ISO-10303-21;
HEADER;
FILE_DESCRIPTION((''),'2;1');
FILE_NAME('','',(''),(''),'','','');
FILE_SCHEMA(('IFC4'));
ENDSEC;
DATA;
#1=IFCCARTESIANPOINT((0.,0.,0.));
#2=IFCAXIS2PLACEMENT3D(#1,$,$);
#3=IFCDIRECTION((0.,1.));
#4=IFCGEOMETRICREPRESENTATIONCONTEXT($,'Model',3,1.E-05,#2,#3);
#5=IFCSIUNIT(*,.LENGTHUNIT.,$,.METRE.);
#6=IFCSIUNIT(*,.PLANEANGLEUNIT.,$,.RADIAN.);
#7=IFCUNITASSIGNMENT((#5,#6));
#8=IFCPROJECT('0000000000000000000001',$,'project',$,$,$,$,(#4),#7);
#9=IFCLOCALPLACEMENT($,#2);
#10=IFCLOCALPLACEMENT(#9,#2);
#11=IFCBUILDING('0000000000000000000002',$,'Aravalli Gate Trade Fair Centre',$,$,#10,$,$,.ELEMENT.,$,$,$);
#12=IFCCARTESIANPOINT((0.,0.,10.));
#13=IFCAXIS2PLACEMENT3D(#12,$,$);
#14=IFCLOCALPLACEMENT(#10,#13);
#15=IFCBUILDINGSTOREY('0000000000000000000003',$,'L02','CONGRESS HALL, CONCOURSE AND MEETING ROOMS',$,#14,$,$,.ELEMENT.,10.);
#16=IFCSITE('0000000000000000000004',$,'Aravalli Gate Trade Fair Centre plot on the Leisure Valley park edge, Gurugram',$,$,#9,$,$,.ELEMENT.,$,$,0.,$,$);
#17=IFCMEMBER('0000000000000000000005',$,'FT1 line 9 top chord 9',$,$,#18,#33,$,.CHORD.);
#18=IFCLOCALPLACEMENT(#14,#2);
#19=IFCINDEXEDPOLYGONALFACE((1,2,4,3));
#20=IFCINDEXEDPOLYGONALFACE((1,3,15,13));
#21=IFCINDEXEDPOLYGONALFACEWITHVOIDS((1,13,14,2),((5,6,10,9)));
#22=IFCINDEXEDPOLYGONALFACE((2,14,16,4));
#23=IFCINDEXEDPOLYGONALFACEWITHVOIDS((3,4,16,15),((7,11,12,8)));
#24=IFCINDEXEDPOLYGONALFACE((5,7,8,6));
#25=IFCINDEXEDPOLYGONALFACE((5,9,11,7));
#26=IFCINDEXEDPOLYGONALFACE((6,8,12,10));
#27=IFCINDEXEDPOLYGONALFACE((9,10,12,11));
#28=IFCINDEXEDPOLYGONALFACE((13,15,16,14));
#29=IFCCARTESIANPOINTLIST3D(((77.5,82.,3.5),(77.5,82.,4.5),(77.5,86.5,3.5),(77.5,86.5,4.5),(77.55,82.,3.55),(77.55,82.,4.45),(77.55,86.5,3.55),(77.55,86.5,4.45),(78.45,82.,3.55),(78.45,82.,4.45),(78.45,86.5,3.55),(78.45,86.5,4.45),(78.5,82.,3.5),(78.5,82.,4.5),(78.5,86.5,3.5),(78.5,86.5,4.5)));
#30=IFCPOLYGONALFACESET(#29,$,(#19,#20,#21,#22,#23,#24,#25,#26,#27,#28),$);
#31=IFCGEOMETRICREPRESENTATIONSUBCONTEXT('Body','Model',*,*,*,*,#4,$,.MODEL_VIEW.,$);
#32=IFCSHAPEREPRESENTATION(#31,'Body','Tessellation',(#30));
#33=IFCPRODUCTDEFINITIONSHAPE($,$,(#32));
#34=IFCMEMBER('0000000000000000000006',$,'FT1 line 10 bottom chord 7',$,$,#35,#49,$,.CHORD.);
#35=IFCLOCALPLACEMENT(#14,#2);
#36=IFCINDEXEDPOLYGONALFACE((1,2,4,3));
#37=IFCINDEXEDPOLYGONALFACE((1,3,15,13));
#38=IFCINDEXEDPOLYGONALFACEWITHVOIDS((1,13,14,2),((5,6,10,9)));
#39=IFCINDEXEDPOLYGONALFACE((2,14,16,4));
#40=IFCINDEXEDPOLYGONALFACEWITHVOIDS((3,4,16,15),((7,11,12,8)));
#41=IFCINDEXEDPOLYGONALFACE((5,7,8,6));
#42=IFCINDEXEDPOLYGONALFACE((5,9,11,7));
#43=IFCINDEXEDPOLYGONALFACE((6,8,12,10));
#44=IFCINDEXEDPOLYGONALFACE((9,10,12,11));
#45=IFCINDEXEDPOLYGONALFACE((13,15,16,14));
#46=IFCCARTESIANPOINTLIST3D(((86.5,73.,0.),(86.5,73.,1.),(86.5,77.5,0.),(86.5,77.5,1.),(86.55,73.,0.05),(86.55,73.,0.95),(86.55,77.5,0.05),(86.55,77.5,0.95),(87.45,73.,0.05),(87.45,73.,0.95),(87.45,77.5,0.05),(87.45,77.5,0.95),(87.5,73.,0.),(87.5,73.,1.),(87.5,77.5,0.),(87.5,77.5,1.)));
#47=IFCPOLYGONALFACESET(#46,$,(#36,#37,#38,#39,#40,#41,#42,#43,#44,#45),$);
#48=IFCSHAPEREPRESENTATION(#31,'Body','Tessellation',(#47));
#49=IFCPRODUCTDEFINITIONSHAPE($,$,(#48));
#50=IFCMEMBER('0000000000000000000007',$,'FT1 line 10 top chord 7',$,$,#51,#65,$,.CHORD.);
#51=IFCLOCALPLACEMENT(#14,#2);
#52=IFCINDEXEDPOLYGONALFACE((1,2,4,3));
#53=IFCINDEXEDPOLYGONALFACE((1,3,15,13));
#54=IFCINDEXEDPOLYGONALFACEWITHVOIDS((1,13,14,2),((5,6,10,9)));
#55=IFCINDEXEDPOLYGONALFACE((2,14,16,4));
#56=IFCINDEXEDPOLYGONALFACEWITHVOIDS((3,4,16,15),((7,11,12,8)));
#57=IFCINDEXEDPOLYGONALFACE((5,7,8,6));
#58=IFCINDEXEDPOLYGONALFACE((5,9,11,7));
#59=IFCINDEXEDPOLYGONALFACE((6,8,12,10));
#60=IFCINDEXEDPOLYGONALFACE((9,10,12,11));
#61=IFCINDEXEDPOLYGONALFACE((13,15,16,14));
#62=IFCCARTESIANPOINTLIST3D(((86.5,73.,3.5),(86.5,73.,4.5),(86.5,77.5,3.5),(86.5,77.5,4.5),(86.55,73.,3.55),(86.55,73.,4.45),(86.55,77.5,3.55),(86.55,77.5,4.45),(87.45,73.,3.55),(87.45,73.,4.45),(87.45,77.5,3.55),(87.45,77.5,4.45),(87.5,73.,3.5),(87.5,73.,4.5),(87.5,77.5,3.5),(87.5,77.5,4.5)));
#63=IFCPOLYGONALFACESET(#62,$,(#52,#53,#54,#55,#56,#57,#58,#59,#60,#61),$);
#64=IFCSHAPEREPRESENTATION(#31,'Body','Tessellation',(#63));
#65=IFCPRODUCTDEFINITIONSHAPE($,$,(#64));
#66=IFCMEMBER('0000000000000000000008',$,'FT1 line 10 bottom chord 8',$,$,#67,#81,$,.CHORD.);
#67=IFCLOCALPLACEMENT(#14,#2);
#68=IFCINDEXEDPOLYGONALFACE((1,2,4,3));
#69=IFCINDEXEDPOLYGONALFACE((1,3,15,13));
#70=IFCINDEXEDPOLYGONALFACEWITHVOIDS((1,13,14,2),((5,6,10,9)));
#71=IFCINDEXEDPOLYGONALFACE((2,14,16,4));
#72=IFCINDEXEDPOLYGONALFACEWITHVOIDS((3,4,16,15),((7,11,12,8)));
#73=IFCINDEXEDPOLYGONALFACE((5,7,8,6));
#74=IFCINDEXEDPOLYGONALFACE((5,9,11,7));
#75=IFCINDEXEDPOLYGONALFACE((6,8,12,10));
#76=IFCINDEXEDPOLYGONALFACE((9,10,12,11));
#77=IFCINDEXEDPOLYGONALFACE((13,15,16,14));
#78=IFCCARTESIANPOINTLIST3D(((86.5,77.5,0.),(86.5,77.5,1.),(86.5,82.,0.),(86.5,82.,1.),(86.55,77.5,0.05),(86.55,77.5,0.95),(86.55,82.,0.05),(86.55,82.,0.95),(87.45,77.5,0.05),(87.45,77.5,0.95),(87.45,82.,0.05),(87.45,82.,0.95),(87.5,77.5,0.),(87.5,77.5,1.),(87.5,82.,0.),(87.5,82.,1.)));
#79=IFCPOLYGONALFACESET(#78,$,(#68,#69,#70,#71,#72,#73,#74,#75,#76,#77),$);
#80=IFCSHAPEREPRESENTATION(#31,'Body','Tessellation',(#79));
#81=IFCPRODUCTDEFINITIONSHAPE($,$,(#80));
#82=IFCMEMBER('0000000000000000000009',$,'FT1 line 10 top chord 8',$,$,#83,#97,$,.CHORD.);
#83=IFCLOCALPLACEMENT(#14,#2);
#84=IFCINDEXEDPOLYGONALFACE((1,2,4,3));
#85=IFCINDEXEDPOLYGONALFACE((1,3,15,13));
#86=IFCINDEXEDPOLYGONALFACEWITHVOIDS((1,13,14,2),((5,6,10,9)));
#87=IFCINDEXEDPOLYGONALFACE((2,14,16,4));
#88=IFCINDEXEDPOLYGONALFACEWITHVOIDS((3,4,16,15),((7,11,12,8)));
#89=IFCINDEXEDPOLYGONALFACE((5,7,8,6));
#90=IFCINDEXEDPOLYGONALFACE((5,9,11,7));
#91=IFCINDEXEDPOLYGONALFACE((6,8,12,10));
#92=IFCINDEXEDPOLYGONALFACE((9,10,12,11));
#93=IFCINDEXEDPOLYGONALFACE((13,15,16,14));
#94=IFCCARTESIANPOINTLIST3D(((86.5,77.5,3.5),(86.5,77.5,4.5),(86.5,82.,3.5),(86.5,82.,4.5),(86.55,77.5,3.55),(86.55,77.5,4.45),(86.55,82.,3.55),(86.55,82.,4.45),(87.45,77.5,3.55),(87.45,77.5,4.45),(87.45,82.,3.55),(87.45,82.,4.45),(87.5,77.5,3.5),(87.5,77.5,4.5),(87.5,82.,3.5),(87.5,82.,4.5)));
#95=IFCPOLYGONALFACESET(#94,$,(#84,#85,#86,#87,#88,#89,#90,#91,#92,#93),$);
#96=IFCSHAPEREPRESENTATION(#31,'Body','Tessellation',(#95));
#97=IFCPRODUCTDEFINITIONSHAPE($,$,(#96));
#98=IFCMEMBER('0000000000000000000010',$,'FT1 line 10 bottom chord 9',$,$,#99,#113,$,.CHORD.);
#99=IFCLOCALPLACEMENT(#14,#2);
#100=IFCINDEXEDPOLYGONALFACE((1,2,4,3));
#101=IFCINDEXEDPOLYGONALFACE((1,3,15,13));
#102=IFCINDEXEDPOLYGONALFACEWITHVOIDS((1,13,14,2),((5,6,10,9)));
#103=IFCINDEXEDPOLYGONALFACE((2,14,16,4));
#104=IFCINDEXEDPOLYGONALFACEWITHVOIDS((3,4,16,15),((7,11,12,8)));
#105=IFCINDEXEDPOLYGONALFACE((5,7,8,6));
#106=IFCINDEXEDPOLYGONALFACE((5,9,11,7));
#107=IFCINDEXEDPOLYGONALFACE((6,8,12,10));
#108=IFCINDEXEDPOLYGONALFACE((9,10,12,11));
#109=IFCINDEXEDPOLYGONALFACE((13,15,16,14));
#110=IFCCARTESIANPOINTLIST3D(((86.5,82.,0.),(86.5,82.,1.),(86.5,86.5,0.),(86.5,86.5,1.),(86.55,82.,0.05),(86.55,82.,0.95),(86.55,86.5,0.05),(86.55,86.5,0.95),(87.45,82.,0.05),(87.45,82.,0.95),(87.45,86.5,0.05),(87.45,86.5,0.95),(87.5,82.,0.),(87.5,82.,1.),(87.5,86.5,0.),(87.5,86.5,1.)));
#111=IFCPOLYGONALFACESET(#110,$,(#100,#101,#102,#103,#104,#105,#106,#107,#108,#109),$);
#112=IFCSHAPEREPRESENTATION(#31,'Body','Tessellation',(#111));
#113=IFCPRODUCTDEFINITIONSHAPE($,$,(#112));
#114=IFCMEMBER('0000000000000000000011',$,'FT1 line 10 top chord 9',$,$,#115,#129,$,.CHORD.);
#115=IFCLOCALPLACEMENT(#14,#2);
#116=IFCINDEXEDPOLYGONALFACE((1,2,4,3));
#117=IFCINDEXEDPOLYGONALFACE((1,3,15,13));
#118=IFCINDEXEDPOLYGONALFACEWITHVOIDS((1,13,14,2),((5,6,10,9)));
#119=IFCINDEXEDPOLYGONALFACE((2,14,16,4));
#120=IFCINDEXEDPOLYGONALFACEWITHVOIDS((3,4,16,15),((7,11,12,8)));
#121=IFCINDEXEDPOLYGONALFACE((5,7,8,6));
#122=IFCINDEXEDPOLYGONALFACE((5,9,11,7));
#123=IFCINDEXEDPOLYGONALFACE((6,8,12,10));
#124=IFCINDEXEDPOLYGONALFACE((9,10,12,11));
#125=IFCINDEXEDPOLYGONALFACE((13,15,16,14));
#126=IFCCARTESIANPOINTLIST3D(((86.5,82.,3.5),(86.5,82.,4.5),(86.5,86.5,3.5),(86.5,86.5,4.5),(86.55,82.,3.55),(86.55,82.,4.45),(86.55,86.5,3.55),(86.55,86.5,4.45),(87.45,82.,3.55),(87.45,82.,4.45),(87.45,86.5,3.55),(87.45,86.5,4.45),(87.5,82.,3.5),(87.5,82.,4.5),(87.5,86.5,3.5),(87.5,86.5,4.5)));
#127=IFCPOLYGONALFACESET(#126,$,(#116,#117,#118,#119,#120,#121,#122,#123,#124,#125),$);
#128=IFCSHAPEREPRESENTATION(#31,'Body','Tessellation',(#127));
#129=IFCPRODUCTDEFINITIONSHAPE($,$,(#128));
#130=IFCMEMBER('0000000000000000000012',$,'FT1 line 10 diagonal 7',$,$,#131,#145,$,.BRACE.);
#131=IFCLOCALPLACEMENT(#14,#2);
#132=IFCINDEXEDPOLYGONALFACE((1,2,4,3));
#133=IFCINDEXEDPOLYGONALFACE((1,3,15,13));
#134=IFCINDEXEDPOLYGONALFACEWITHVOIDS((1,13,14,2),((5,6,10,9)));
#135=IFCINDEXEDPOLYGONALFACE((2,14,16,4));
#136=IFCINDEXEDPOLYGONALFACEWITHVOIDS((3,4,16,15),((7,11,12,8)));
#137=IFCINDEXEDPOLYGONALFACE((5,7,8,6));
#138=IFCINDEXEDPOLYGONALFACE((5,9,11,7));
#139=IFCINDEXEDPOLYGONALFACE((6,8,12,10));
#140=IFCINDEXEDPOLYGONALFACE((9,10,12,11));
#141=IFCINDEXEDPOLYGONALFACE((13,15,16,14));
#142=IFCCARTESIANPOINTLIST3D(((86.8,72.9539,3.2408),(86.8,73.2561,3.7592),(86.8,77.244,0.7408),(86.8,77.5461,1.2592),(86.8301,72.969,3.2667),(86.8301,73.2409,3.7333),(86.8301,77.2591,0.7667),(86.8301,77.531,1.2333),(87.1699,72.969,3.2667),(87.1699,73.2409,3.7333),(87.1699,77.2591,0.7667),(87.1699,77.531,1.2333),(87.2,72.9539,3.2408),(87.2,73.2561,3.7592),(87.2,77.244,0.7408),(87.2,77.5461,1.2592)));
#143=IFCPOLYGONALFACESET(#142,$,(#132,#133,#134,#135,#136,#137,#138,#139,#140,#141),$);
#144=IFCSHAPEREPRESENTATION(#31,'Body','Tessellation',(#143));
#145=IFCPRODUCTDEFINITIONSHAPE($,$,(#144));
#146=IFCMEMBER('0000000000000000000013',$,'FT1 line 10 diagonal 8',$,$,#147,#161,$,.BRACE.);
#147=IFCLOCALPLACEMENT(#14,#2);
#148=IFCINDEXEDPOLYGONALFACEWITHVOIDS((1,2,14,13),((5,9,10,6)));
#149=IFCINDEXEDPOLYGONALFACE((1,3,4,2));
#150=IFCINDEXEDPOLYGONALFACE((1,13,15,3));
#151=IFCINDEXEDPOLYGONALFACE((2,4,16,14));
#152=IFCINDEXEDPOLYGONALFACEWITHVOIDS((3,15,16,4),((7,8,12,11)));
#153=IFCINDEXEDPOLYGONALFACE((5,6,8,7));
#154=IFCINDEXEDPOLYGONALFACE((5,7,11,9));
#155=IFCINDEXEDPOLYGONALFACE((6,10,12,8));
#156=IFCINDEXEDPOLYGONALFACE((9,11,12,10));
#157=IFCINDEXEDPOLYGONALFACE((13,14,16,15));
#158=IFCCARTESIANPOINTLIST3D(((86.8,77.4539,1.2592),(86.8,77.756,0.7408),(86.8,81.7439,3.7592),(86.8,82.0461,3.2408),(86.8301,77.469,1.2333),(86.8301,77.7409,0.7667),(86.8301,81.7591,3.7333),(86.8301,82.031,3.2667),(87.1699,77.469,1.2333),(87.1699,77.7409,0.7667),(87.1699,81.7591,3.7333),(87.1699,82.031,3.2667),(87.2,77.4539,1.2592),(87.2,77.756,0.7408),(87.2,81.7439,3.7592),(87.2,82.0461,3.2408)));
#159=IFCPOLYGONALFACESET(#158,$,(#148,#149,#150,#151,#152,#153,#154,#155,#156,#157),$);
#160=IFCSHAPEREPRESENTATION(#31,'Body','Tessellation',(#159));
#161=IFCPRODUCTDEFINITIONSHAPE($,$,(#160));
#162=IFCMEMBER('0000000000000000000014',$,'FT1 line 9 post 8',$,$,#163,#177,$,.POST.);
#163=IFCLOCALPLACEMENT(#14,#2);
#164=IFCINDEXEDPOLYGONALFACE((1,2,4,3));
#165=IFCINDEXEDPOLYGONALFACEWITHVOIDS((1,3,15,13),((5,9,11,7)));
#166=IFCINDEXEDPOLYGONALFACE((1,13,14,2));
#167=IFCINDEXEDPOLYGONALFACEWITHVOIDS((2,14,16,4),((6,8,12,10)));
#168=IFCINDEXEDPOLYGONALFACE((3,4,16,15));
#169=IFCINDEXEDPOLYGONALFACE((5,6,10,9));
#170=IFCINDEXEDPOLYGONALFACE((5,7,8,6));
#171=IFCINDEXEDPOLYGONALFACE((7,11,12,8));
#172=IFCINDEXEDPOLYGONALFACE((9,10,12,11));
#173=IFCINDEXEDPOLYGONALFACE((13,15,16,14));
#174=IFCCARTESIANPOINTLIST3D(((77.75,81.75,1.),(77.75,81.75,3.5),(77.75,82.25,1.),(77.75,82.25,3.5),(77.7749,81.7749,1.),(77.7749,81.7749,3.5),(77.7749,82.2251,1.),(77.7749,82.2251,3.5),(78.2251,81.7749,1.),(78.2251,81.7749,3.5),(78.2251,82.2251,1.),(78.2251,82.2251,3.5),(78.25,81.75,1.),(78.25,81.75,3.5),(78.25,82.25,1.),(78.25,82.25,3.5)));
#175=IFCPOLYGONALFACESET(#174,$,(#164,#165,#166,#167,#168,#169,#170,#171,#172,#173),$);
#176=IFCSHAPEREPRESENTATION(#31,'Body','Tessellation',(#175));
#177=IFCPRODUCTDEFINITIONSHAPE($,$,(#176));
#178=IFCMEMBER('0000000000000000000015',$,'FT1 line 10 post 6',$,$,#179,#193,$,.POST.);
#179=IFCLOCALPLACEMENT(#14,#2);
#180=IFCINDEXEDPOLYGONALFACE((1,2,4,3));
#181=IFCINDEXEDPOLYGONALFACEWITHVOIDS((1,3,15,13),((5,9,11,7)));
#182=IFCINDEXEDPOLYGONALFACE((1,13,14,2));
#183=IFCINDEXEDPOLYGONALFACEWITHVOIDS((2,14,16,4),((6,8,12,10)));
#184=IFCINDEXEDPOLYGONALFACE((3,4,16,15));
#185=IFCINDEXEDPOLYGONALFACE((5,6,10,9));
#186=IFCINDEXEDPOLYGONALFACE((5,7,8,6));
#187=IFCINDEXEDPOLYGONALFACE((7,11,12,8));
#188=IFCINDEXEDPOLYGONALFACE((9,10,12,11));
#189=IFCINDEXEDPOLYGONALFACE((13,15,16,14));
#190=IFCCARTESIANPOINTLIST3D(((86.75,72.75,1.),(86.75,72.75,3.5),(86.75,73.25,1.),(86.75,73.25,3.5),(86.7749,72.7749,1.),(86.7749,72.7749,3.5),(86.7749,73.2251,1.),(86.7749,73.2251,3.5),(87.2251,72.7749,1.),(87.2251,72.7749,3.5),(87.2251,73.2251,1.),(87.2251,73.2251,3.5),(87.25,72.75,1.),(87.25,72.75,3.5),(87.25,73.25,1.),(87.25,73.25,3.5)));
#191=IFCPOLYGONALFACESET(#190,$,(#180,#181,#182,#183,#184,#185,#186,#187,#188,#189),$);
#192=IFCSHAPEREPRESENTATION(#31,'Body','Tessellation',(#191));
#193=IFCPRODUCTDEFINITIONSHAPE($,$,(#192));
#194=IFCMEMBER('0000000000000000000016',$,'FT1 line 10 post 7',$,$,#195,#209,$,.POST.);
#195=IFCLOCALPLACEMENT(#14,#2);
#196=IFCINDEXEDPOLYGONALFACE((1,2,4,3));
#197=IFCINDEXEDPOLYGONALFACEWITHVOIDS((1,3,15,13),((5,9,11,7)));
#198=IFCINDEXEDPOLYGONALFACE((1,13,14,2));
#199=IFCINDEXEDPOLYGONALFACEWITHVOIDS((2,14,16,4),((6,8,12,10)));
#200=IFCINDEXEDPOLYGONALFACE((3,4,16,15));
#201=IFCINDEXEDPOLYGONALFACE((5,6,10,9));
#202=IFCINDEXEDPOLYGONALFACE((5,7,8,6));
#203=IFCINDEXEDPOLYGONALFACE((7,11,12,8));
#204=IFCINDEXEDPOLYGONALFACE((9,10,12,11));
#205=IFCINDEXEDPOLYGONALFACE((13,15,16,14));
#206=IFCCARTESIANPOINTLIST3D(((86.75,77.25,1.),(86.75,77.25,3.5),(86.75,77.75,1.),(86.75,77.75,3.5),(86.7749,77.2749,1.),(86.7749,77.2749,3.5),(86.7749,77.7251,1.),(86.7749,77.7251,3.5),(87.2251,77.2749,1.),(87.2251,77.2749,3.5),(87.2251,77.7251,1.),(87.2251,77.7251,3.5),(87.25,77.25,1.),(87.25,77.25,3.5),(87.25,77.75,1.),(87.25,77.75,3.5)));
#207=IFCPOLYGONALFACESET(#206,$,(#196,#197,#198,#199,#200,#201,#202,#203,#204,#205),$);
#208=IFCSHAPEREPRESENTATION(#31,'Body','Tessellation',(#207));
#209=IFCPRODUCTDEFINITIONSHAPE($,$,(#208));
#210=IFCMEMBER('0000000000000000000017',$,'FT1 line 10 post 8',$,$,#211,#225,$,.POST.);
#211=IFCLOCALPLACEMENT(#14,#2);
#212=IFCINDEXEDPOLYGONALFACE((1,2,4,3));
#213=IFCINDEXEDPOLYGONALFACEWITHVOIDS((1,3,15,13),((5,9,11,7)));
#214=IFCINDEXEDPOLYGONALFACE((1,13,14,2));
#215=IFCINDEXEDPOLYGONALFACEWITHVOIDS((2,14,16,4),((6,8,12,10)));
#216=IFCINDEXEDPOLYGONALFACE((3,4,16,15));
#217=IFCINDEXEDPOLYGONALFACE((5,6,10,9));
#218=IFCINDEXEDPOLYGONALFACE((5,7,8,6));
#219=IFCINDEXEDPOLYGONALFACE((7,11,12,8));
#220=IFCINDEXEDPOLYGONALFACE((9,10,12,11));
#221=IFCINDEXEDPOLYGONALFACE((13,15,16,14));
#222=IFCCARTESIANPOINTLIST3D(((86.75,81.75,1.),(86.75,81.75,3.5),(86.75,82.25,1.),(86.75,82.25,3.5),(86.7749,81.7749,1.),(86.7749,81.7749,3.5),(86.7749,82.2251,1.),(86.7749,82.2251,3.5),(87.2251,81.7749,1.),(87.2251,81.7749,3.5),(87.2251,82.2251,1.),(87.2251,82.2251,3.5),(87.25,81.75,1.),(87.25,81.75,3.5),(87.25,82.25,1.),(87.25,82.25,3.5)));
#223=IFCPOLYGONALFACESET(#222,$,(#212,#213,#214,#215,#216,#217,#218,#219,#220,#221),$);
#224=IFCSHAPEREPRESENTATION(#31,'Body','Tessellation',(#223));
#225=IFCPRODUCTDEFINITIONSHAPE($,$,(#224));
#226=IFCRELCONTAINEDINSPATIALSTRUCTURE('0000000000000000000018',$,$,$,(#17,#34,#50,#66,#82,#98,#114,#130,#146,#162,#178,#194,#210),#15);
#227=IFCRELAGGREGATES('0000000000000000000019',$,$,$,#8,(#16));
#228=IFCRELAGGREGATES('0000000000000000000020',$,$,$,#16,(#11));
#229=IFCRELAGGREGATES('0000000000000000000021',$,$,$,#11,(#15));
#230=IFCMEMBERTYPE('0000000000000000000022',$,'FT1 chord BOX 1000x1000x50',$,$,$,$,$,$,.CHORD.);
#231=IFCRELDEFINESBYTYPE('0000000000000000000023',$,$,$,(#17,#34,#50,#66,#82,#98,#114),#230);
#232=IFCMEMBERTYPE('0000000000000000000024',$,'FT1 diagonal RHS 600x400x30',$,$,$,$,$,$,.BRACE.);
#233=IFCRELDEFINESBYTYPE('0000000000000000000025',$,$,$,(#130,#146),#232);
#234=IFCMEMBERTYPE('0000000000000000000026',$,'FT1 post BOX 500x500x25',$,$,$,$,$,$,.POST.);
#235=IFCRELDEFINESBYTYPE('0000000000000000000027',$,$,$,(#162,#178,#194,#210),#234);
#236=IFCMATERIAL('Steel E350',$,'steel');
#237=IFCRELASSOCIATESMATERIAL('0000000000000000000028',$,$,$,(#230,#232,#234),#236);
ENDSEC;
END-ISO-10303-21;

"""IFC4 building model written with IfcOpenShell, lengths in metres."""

from ifc_helpers import new_model, si_unit, direction, frame, origin, origin_2d, place, context, subcontext, project, spatial, hollow_rectangle, extrude, material, material_profile, profile_set, type_object, element, save


model = new_model("IFC4")

# Units and contexts
model_context = context("Model", 3, precision=1e-05, world=origin(), true_north=direction((0.0, 1.0)))
body_context = subcontext(model_context, "Body", "Model", "MODEL_VIEW")
ifc_project = project(units=[si_unit("LENGTHUNIT", "METRE"), si_unit("PLANEANGLEUNIT", "RADIAN")], contexts=[model_context])

# Site, building, storey
site_placement = place(None, origin())
site = spatial("IfcSite", under=ifc_project, at=site_placement, Name="Aravalli Gate Trade Fair Centre plot on the Leisure Valley park edge, Gurugram", CompositionType="ELEMENT", RefElevation=0.0)
building_placement = place(site_placement, origin())
building = spatial("IfcBuilding", under=site, at=building_placement, Name="Aravalli Gate Trade Fair Centre", CompositionType="ELEMENT")
storey_placement = place(building_placement, frame((0.0, 0.0, 10.0)))
storey = spatial("IfcBuildingStorey", under=building, at=storey_placement, Name="L02", Description="CONGRESS HALL, CONCOURSE AND MEETING ROOMS", CompositionType="ELEMENT", Elevation=10.0)

# Members
ifc_material = material(Name="Steel E350", Category="steel")
ifc_material_profile_1 = material_profile(ifc_material, hollow_rectangle(XDim=1.0, YDim=1.0, WallThickness=0.05, at=origin_2d()), Name="BOX 1000x1000x50")
ifc_profile_set_1 = profile_set([ifc_material_profile_1], Name="Steel E350")
member_type_1 = type_object("IfcMemberType", Name="FT1 chord BOX 1000x1000x50", PredefinedType="CHORD", material=ifc_profile_set_1)
for number, where, z_axis, x_axis, name in (
    (1, (78.0, 82.0, 4.0), (0.0, 1.0, 0.0), (-1.0, 0.0, 0.0), "FT1 line 9 top chord 9"),
    (2, (87.0, 73.0, 0.5), (0.0, 1.0, 0.0), (-1.0, 0.0, 0.0), "FT1 line 10 bottom chord 7"),
    (3, (87.0, 73.0, 4.0), (0.0, 1.0, 0.0), (-1.0, 0.0, 0.0), "FT1 line 10 top chord 7"),
    (4, (87.0, 77.5, 0.5), (0.0, 1.0, 0.0), (-1.0, 0.0, 0.0), "FT1 line 10 bottom chord 8"),
    (5, (87.0, 77.5, 4.0), (0.0, 1.0, 0.0), (-1.0, 0.0, 0.0), "FT1 line 10 top chord 8"),
    (6, (87.0, 82.0, 0.5), (0.0, 1.0, 0.0), (-1.0, 0.0, 0.0), "FT1 line 10 bottom chord 9"),
    (7, (87.0, 82.0, 4.0), (0.0, 1.0, 0.0), (-1.0, 0.0, 0.0), "FT1 line 10 top chord 9"),
):
    element("IfcMember", number, at=place(storey_placement, frame(where, z_axis=z_axis, x_axis=x_axis)), inside=storey, type_object=member_type_1, Name=name, PredefinedType="CHORD", context=body_context, shape_type="SweptSolid", body=[
        extrude(hollow_rectangle(XDim=1.0, YDim=1.0, WallThickness=0.05, at=origin_2d()), origin(), (0.0, 0.0, 1.0), 4.5),
    ])
ifc_material_profile_2 = material_profile(ifc_material, hollow_rectangle(XDim=0.3999, YDim=0.6001, WallThickness=0.03, at=origin_2d()), Name="RHS 600x400x30")
ifc_profile_set_2 = profile_set([ifc_material_profile_2], Name="Steel E350")
member_type_2 = type_object("IfcMemberType", Name="FT1 diagonal RHS 600x400x30", PredefinedType="BRACE", material=ifc_profile_set_2)
for number, where, z_axis, x_axis, name in (
    (8, (87.0, 73.105, 3.5), (0.0, 0.864, -0.503492), (-1.0, 0.0, 0.0), "FT1 line 10 diagonal 7"),
    (9, (87.0, 81.895, 3.5), (0.0, -0.864, -0.503492), (1.0, 0.0, 0.0), "FT1 line 10 diagonal 8"),
):
    element("IfcMember", number, at=place(storey_placement, frame(where, z_axis=z_axis, x_axis=x_axis)), inside=storey, type_object=member_type_2, Name=name, PredefinedType="BRACE", context=body_context, shape_type="SweptSolid", body=[
        extrude(hollow_rectangle(XDim=0.3999, YDim=0.6001, WallThickness=0.03, at=origin_2d()), origin(), (0.0, 0.0, 1.0), 4.9653),
    ])
ifc_material_profile_3 = material_profile(ifc_material, hollow_rectangle(XDim=0.5, YDim=0.5, WallThickness=0.0249, at=origin_2d()), Name="BOX 500x500x25")
ifc_profile_set_3 = profile_set([ifc_material_profile_3], Name="Steel E350")
member_type_3 = type_object("IfcMemberType", Name="FT1 post BOX 500x500x25", PredefinedType="POST", material=ifc_profile_set_3)
for number, where, z_axis, x_axis, name in (
    (10, (78.0, 82.0, 1.0), (0.0, 0.0, 1.0), (1.0, 0.0, 0.0), "FT1 line 9 post 8"),
    (11, (87.0, 73.0, 1.0), (0.0, 0.0, 1.0), (1.0, 0.0, 0.0), "FT1 line 10 post 6"),
    (12, (87.0, 77.5, 1.0), (0.0, 0.0, 1.0), (1.0, 0.0, 0.0), "FT1 line 10 post 7"),
    (13, (87.0, 82.0, 1.0), (0.0, 0.0, 1.0), (1.0, 0.0, 0.0), "FT1 line 10 post 8"),
):
    element("IfcMember", number, at=place(storey_placement, frame(where, z_axis=z_axis, x_axis=x_axis)), inside=storey, type_object=member_type_3, Name=name, PredefinedType="POST", context=body_context, shape_type="SweptSolid", body=[
        extrude(hollow_rectangle(XDim=0.5, YDim=0.5, WallThickness=0.0249, at=origin_2d()), origin(), (0.0, 0.0, 1.0), 2.5),
    ])

save(model, "model.ifc")
